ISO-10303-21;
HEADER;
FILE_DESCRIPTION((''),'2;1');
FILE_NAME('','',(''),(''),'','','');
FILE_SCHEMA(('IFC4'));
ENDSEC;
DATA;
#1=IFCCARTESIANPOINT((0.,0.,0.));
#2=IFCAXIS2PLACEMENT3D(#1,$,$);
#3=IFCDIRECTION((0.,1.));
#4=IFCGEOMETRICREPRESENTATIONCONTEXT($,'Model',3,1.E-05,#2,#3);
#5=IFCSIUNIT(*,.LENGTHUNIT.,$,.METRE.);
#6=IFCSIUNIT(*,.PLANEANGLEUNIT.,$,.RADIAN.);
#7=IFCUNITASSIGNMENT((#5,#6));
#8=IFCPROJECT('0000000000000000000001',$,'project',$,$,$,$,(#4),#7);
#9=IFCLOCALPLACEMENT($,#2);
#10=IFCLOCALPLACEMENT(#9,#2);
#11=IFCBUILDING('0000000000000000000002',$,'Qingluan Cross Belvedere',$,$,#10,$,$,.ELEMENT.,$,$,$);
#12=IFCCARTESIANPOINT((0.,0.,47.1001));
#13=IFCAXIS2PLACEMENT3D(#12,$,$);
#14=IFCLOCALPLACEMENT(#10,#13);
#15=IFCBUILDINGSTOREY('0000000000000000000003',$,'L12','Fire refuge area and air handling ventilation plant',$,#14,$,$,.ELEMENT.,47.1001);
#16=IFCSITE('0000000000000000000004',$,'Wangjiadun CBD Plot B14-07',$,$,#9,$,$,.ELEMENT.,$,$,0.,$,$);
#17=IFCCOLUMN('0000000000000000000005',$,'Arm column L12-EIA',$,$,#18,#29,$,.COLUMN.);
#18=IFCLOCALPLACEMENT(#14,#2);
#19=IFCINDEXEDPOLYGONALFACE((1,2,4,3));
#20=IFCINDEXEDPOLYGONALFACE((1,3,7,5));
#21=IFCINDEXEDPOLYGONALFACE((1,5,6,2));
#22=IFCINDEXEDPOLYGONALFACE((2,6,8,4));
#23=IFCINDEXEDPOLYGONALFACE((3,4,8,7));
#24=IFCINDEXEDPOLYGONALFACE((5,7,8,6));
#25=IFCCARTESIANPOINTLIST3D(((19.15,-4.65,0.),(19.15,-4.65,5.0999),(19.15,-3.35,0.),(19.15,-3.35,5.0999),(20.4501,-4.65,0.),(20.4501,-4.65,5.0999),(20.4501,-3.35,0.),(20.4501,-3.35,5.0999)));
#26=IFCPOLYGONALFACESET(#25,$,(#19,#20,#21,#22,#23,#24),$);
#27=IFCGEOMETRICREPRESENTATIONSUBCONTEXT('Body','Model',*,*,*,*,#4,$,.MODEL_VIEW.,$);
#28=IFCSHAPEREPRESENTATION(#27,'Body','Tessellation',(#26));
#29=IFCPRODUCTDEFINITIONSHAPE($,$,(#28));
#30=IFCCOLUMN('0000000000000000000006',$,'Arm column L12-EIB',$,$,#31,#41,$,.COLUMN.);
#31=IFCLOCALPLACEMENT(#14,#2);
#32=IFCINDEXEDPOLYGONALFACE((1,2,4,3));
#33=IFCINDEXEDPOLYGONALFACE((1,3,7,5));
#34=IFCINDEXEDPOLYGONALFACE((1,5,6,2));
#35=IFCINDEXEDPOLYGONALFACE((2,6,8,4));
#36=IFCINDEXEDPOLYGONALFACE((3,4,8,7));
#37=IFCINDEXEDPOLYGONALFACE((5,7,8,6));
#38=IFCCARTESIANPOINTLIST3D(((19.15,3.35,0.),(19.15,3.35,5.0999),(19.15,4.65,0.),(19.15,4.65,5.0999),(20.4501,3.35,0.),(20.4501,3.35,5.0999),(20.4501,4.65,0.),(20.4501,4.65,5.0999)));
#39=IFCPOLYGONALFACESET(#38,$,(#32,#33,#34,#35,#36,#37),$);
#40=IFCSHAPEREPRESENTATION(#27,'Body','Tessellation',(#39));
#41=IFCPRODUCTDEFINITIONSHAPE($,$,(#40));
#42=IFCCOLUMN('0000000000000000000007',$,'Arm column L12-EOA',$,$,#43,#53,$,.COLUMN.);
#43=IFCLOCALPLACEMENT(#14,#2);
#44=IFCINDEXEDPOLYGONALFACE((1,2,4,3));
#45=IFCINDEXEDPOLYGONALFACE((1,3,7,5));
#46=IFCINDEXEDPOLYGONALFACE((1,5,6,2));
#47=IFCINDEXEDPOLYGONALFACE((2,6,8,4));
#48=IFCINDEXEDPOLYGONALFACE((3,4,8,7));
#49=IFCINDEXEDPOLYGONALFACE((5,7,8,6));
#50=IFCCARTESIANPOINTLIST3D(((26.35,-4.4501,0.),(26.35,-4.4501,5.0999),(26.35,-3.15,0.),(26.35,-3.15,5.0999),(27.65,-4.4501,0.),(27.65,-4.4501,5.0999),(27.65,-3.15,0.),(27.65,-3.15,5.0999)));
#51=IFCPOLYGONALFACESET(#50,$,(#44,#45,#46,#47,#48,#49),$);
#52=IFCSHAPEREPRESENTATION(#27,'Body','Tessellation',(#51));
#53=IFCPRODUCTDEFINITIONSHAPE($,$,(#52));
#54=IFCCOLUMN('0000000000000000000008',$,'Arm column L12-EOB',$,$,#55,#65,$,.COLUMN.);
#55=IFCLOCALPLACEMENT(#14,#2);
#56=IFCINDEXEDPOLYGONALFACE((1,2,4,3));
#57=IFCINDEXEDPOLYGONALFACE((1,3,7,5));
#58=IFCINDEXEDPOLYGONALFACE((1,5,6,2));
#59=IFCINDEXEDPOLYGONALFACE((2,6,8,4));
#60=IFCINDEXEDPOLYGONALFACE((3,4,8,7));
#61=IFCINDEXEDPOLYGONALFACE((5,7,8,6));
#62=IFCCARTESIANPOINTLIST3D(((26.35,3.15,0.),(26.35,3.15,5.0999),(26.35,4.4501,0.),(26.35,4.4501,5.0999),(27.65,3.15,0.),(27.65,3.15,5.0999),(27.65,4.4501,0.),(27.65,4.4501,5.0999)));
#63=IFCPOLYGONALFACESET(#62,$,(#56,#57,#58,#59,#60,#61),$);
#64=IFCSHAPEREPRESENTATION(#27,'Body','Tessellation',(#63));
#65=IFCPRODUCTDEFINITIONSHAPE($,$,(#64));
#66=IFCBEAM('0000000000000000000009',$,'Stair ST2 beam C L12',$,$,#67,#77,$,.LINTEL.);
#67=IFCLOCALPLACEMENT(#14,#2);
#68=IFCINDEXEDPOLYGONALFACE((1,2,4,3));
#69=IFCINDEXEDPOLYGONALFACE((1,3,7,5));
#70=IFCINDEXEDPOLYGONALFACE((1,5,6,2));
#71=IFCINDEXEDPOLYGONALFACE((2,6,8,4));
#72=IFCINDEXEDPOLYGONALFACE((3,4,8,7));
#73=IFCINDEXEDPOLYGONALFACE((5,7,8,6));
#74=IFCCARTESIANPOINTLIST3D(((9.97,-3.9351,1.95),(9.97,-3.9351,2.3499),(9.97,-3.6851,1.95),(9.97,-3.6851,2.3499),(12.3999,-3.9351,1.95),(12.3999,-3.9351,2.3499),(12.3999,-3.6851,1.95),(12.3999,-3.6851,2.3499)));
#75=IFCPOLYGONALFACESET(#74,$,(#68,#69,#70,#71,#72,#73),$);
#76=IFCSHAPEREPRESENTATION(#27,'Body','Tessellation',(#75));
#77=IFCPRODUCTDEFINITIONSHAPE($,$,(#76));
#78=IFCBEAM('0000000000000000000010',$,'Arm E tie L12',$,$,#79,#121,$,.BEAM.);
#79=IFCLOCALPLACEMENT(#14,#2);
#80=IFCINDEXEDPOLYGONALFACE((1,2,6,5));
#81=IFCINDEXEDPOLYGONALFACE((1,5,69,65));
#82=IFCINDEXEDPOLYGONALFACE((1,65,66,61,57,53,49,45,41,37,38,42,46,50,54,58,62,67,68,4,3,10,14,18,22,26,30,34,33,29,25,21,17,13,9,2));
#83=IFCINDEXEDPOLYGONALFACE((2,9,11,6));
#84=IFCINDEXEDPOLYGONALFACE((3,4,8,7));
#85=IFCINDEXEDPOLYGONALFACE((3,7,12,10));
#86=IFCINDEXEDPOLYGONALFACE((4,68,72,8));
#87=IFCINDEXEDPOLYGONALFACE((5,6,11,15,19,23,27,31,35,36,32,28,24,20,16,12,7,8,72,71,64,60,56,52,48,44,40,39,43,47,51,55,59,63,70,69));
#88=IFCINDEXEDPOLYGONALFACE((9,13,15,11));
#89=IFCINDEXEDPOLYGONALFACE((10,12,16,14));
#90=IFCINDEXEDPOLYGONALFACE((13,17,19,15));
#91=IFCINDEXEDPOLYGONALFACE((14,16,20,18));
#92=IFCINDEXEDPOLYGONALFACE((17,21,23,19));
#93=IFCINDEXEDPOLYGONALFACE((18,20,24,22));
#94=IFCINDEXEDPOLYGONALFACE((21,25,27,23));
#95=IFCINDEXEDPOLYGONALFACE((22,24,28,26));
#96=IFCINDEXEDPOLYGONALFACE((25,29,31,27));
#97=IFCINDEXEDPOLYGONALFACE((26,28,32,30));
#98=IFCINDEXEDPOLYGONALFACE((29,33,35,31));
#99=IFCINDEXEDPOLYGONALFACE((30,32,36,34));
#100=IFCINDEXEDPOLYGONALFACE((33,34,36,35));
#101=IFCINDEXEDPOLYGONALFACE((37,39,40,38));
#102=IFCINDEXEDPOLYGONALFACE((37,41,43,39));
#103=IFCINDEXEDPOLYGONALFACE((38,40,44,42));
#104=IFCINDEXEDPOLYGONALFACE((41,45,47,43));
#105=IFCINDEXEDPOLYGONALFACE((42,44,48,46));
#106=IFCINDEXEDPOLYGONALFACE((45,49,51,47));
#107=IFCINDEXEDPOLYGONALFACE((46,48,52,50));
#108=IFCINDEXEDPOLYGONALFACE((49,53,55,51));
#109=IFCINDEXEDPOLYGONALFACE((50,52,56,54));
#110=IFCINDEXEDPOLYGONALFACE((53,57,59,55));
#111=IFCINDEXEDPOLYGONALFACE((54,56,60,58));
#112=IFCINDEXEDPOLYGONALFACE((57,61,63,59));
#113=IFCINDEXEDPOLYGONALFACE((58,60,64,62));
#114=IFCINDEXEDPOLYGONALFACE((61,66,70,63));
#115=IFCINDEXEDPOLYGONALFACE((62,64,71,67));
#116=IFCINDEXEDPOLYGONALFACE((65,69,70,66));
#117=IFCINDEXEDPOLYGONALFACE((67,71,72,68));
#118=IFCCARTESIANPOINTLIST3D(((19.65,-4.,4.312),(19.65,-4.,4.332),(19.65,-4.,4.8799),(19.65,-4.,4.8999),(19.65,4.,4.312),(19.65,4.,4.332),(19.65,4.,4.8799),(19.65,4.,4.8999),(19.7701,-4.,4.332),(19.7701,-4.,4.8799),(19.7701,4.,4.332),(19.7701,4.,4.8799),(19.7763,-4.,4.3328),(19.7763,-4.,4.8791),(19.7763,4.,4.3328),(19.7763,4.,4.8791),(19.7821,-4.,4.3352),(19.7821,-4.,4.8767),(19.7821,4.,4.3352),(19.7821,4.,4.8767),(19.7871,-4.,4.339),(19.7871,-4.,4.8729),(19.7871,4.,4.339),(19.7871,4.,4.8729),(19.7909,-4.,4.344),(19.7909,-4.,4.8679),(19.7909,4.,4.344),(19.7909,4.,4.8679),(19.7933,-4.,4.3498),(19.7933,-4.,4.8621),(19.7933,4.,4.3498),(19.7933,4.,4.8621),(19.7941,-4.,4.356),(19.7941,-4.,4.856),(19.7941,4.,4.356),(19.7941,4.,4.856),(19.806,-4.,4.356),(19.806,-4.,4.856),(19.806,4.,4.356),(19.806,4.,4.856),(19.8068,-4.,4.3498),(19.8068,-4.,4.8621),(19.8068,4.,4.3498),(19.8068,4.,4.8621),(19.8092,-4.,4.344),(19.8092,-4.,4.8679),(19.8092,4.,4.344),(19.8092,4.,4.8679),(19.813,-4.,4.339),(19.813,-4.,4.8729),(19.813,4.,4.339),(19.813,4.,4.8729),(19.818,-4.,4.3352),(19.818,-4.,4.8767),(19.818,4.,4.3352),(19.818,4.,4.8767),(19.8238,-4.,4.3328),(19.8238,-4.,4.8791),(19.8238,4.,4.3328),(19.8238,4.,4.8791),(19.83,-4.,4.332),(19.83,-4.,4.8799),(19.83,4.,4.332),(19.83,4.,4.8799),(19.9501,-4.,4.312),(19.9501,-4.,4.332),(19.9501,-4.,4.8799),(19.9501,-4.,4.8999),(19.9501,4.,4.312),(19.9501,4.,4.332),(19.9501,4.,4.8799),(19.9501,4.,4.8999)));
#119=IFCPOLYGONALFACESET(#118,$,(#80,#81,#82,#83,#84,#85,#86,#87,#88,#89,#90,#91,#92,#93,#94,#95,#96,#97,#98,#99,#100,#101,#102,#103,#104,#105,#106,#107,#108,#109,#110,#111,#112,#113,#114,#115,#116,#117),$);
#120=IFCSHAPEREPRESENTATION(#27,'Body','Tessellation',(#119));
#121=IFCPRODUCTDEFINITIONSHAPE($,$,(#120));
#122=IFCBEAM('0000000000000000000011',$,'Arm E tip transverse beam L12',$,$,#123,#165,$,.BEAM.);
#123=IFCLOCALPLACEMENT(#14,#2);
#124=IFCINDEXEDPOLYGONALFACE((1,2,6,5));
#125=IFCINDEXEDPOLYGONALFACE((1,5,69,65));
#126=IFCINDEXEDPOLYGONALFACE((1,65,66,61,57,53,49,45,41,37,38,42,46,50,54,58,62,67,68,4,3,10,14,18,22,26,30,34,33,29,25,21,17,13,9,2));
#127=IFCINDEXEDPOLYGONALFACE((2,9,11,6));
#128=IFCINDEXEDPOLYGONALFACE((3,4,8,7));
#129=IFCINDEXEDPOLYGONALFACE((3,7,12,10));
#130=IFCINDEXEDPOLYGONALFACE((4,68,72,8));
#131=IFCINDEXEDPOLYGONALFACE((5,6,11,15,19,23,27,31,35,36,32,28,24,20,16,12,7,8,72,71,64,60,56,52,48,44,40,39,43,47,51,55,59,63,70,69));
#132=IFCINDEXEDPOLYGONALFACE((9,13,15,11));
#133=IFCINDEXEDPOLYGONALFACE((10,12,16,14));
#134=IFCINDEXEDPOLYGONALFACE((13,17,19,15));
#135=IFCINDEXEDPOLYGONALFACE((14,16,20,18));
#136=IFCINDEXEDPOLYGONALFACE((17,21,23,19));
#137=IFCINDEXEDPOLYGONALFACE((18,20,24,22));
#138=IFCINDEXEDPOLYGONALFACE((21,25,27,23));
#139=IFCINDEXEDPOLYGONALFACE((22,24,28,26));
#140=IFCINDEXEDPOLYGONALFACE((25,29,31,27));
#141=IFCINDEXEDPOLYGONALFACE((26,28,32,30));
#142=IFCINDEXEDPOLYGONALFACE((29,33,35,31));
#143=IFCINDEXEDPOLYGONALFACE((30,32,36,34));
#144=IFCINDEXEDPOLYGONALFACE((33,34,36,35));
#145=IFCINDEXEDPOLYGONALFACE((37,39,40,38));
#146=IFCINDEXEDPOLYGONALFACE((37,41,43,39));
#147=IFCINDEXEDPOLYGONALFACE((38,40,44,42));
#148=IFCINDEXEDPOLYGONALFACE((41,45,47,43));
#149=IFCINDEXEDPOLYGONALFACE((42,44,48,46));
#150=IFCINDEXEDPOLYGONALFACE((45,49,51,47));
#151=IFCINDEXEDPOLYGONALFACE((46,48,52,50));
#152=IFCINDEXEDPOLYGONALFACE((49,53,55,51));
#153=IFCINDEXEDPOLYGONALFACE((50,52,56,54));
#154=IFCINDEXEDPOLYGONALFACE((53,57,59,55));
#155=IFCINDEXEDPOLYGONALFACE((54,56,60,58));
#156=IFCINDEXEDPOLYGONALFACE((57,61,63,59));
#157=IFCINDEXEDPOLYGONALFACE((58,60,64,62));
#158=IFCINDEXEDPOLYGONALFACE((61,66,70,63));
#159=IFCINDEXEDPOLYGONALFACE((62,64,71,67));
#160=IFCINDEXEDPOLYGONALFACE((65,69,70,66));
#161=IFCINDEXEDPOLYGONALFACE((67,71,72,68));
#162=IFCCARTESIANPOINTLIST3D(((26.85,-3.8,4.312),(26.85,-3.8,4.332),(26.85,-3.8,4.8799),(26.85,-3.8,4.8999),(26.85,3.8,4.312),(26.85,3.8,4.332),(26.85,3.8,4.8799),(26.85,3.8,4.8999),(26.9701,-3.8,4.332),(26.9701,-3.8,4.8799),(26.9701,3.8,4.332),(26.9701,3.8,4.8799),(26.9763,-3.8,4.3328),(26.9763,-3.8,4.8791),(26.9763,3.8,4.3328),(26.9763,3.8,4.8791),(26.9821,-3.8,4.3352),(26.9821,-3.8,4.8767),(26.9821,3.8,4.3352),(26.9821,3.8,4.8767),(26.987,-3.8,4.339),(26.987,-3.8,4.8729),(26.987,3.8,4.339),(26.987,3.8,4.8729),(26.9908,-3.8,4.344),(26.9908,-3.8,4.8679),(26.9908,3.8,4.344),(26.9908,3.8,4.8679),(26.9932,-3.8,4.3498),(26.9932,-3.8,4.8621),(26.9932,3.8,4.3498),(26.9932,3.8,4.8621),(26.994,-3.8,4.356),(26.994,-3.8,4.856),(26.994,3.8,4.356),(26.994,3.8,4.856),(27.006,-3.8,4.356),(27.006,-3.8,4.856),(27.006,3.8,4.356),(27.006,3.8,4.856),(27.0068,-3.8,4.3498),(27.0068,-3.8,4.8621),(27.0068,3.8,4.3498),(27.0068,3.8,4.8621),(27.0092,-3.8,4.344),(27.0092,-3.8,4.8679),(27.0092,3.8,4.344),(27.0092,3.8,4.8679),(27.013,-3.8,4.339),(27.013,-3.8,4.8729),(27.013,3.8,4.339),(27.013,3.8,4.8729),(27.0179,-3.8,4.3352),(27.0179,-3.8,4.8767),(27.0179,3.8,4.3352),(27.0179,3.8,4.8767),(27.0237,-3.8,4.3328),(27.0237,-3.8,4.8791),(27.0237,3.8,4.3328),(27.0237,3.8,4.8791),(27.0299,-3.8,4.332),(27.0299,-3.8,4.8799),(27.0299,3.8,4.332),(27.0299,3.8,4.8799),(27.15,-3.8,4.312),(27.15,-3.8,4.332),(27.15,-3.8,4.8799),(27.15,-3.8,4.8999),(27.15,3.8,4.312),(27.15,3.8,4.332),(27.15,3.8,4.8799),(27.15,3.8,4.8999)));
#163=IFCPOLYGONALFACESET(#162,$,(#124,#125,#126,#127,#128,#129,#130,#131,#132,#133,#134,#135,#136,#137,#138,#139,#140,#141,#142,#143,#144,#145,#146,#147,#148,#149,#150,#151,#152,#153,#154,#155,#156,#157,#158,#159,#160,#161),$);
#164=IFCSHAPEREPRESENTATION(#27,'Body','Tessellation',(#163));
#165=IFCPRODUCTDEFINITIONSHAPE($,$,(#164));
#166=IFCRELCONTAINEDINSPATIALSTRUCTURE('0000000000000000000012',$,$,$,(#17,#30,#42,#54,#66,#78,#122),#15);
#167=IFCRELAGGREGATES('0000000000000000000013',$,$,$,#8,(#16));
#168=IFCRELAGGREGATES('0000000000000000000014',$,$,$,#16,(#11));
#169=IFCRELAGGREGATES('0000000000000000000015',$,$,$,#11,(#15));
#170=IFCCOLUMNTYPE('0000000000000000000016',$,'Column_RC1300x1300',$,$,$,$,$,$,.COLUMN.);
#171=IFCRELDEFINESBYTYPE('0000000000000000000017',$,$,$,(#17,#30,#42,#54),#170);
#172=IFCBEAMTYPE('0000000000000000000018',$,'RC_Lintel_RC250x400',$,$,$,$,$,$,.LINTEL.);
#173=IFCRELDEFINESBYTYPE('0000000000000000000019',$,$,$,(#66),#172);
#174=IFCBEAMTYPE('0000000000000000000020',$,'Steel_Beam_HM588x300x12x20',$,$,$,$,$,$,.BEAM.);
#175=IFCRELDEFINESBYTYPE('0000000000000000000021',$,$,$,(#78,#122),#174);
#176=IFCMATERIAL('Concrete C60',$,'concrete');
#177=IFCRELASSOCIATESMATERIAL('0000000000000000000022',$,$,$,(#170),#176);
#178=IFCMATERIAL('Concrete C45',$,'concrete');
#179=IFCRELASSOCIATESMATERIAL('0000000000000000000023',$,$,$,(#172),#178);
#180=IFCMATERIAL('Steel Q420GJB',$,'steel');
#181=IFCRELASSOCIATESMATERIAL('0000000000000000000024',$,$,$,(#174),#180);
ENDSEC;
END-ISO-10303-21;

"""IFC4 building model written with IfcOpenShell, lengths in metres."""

from ifc_helpers import new_model, si_unit, direction, frame, origin, origin_2d, place, context, subcontext, project, spatial, rectangle, i_section, extrude, material, material_profile, profile_set, type_object, element, save


model = new_model("IFC4")

# Units and contexts
model_context = context("Model", 3, precision=1e-05, world=origin(), true_north=direction((0.0, 1.0)))
body_context = subcontext(model_context, "Body", "Model", "MODEL_VIEW")
ifc_project = project(units=[si_unit("LENGTHUNIT", "METRE"), si_unit("PLANEANGLEUNIT", "RADIAN")], contexts=[model_context])

# Site, building, storey
site_placement = place(None, origin())
site = spatial("IfcSite", under=ifc_project, at=site_placement, Name="Wangjiadun CBD Plot B14-07", CompositionType="ELEMENT", RefElevation=0.0)
building_placement = place(site_placement, origin())
building = spatial("IfcBuilding", under=site, at=building_placement, Name="Qingluan Cross Belvedere", CompositionType="ELEMENT")
storey_placement = place(building_placement, frame((0.0, 0.0, 47.1001)))
storey = spatial("IfcBuildingStorey", under=building, at=storey_placement, Name="L12", Description="Fire refuge area and air handling ventilation plant", CompositionType="ELEMENT", Elevation=47.1001)

# Columns
ifc_material_1 = material(Name="Concrete C60", Category="concrete")
ifc_material_profile_1 = material_profile(ifc_material_1, rectangle(XDim=1.3, YDim=1.3, at=origin_2d()), Name="RC1300x1300")
ifc_profile_set_1 = profile_set([ifc_material_profile_1], Name="Concrete C60")
column_type = type_object("IfcColumnType", Name="Column_RC1300x1300", PredefinedType="COLUMN", material=ifc_profile_set_1)
for number, where, z_axis, x_axis, name in (
    (1, (19.8, -4.0, 0.0), (0.0, 0.0, 1.0), (1.0, 0.0, 0.0), "Arm column L12-EIA"),
    (2, (19.8, 4.0, 0.0), (0.0, 0.0, 1.0), (1.0, 0.0, 0.0), "Arm column L12-EIB"),
    (3, (27.0, -3.8, 0.0), (0.0, 0.0, 1.0), (1.0, 0.0, 0.0), "Arm column L12-EOA"),
    (4, (27.0, 3.8, 0.0), (0.0, 0.0, 1.0), (1.0, 0.0, 0.0), "Arm column L12-EOB"),
):
    element("IfcColumn", number, at=place(storey_placement, frame(where, z_axis=z_axis, x_axis=x_axis)), inside=storey, type_object=column_type, Name=name, PredefinedType="COLUMN", context=body_context, shape_type="SweptSolid", body=[
        extrude(rectangle(XDim=1.3, YDim=1.3, at=origin_2d()), origin(), (0.0, 0.0, 1.0), 5.0999),
    ])

# Beams
ifc_material_2 = material(Name="Concrete C45", Category="concrete")
ifc_material_profile_2 = material_profile(ifc_material_2, rectangle(XDim=0.25, YDim=0.3999, at=origin_2d()), Name="RC250x400")
ifc_profile_set_2 = profile_set([ifc_material_profile_2], Name="Concrete C45")
beam_type_1 = type_object("IfcBeamType", Name="RC_Lintel_RC250x400", PredefinedType="LINTEL", material=ifc_profile_set_2)
beam_1_placement = place(storey_placement, frame((12.3999, -3.8101, 2.1499), z_axis=(-1.0, 0.0, 0.0), x_axis=(0.0, -1.0, 0.0)))
element("IfcBeam", 5, at=beam_1_placement, inside=storey, type_object=beam_type_1, Name="Stair ST2 beam C L12", PredefinedType="LINTEL", context=body_context, shape_type="SweptSolid", body=[
    extrude(rectangle(XDim=0.25, YDim=0.3999, at=origin_2d()), origin(), (0.0, 0.0, 1.0), 2.4299),
])
ifc_material_3 = material(Name="Steel Q420GJB", Category="steel")
ifc_material_profile_3 = material_profile(ifc_material_3, i_section(OverallWidth=0.3, OverallDepth=0.5879, WebThickness=0.012, FlangeThickness=0.02, FilletRadius=0.0239, at=origin_2d()), Name="HM588x300x12x20")
ifc_profile_set_3 = profile_set([ifc_material_profile_3], Name="Steel Q420GJB")
beam_type_2 = type_object("IfcBeamType", Name="Steel_Beam_HM588x300x12x20", PredefinedType="BEAM", material=ifc_profile_set_3)
beam_2_placement = place(storey_placement, frame((19.8, -4.0, 4.606), z_axis=(0.0, 1.0, 0.0), x_axis=(-1.0, 0.0, 0.0)))
element("IfcBeam", 6, at=beam_2_placement, inside=storey, type_object=beam_type_2, Name="Arm E tie L12", PredefinedType="BEAM", context=body_context, shape_type="SweptSolid", body=[
    extrude(i_section(OverallWidth=0.3, OverallDepth=0.5879, WebThickness=0.012, FlangeThickness=0.02, FilletRadius=0.0239, at=origin_2d()), origin(), (0.0, 0.0, 1.0), 8.0),
])
beam_3_placement = place(storey_placement, frame((27.0, -3.8, 4.606), z_axis=(0.0, 1.0, 0.0), x_axis=(-1.0, 0.0, 0.0)))
element("IfcBeam", 7, at=beam_3_placement, inside=storey, type_object=beam_type_2, Name="Arm E tip transverse beam L12", PredefinedType="BEAM", context=body_context, shape_type="SweptSolid", body=[
    extrude(i_section(OverallWidth=0.3, OverallDepth=0.5879, WebThickness=0.012, FlangeThickness=0.02, FilletRadius=0.0239, at=origin_2d()), origin(), (0.0, 0.0, 1.0), 7.6001),
])

save(model, "model.ifc")
